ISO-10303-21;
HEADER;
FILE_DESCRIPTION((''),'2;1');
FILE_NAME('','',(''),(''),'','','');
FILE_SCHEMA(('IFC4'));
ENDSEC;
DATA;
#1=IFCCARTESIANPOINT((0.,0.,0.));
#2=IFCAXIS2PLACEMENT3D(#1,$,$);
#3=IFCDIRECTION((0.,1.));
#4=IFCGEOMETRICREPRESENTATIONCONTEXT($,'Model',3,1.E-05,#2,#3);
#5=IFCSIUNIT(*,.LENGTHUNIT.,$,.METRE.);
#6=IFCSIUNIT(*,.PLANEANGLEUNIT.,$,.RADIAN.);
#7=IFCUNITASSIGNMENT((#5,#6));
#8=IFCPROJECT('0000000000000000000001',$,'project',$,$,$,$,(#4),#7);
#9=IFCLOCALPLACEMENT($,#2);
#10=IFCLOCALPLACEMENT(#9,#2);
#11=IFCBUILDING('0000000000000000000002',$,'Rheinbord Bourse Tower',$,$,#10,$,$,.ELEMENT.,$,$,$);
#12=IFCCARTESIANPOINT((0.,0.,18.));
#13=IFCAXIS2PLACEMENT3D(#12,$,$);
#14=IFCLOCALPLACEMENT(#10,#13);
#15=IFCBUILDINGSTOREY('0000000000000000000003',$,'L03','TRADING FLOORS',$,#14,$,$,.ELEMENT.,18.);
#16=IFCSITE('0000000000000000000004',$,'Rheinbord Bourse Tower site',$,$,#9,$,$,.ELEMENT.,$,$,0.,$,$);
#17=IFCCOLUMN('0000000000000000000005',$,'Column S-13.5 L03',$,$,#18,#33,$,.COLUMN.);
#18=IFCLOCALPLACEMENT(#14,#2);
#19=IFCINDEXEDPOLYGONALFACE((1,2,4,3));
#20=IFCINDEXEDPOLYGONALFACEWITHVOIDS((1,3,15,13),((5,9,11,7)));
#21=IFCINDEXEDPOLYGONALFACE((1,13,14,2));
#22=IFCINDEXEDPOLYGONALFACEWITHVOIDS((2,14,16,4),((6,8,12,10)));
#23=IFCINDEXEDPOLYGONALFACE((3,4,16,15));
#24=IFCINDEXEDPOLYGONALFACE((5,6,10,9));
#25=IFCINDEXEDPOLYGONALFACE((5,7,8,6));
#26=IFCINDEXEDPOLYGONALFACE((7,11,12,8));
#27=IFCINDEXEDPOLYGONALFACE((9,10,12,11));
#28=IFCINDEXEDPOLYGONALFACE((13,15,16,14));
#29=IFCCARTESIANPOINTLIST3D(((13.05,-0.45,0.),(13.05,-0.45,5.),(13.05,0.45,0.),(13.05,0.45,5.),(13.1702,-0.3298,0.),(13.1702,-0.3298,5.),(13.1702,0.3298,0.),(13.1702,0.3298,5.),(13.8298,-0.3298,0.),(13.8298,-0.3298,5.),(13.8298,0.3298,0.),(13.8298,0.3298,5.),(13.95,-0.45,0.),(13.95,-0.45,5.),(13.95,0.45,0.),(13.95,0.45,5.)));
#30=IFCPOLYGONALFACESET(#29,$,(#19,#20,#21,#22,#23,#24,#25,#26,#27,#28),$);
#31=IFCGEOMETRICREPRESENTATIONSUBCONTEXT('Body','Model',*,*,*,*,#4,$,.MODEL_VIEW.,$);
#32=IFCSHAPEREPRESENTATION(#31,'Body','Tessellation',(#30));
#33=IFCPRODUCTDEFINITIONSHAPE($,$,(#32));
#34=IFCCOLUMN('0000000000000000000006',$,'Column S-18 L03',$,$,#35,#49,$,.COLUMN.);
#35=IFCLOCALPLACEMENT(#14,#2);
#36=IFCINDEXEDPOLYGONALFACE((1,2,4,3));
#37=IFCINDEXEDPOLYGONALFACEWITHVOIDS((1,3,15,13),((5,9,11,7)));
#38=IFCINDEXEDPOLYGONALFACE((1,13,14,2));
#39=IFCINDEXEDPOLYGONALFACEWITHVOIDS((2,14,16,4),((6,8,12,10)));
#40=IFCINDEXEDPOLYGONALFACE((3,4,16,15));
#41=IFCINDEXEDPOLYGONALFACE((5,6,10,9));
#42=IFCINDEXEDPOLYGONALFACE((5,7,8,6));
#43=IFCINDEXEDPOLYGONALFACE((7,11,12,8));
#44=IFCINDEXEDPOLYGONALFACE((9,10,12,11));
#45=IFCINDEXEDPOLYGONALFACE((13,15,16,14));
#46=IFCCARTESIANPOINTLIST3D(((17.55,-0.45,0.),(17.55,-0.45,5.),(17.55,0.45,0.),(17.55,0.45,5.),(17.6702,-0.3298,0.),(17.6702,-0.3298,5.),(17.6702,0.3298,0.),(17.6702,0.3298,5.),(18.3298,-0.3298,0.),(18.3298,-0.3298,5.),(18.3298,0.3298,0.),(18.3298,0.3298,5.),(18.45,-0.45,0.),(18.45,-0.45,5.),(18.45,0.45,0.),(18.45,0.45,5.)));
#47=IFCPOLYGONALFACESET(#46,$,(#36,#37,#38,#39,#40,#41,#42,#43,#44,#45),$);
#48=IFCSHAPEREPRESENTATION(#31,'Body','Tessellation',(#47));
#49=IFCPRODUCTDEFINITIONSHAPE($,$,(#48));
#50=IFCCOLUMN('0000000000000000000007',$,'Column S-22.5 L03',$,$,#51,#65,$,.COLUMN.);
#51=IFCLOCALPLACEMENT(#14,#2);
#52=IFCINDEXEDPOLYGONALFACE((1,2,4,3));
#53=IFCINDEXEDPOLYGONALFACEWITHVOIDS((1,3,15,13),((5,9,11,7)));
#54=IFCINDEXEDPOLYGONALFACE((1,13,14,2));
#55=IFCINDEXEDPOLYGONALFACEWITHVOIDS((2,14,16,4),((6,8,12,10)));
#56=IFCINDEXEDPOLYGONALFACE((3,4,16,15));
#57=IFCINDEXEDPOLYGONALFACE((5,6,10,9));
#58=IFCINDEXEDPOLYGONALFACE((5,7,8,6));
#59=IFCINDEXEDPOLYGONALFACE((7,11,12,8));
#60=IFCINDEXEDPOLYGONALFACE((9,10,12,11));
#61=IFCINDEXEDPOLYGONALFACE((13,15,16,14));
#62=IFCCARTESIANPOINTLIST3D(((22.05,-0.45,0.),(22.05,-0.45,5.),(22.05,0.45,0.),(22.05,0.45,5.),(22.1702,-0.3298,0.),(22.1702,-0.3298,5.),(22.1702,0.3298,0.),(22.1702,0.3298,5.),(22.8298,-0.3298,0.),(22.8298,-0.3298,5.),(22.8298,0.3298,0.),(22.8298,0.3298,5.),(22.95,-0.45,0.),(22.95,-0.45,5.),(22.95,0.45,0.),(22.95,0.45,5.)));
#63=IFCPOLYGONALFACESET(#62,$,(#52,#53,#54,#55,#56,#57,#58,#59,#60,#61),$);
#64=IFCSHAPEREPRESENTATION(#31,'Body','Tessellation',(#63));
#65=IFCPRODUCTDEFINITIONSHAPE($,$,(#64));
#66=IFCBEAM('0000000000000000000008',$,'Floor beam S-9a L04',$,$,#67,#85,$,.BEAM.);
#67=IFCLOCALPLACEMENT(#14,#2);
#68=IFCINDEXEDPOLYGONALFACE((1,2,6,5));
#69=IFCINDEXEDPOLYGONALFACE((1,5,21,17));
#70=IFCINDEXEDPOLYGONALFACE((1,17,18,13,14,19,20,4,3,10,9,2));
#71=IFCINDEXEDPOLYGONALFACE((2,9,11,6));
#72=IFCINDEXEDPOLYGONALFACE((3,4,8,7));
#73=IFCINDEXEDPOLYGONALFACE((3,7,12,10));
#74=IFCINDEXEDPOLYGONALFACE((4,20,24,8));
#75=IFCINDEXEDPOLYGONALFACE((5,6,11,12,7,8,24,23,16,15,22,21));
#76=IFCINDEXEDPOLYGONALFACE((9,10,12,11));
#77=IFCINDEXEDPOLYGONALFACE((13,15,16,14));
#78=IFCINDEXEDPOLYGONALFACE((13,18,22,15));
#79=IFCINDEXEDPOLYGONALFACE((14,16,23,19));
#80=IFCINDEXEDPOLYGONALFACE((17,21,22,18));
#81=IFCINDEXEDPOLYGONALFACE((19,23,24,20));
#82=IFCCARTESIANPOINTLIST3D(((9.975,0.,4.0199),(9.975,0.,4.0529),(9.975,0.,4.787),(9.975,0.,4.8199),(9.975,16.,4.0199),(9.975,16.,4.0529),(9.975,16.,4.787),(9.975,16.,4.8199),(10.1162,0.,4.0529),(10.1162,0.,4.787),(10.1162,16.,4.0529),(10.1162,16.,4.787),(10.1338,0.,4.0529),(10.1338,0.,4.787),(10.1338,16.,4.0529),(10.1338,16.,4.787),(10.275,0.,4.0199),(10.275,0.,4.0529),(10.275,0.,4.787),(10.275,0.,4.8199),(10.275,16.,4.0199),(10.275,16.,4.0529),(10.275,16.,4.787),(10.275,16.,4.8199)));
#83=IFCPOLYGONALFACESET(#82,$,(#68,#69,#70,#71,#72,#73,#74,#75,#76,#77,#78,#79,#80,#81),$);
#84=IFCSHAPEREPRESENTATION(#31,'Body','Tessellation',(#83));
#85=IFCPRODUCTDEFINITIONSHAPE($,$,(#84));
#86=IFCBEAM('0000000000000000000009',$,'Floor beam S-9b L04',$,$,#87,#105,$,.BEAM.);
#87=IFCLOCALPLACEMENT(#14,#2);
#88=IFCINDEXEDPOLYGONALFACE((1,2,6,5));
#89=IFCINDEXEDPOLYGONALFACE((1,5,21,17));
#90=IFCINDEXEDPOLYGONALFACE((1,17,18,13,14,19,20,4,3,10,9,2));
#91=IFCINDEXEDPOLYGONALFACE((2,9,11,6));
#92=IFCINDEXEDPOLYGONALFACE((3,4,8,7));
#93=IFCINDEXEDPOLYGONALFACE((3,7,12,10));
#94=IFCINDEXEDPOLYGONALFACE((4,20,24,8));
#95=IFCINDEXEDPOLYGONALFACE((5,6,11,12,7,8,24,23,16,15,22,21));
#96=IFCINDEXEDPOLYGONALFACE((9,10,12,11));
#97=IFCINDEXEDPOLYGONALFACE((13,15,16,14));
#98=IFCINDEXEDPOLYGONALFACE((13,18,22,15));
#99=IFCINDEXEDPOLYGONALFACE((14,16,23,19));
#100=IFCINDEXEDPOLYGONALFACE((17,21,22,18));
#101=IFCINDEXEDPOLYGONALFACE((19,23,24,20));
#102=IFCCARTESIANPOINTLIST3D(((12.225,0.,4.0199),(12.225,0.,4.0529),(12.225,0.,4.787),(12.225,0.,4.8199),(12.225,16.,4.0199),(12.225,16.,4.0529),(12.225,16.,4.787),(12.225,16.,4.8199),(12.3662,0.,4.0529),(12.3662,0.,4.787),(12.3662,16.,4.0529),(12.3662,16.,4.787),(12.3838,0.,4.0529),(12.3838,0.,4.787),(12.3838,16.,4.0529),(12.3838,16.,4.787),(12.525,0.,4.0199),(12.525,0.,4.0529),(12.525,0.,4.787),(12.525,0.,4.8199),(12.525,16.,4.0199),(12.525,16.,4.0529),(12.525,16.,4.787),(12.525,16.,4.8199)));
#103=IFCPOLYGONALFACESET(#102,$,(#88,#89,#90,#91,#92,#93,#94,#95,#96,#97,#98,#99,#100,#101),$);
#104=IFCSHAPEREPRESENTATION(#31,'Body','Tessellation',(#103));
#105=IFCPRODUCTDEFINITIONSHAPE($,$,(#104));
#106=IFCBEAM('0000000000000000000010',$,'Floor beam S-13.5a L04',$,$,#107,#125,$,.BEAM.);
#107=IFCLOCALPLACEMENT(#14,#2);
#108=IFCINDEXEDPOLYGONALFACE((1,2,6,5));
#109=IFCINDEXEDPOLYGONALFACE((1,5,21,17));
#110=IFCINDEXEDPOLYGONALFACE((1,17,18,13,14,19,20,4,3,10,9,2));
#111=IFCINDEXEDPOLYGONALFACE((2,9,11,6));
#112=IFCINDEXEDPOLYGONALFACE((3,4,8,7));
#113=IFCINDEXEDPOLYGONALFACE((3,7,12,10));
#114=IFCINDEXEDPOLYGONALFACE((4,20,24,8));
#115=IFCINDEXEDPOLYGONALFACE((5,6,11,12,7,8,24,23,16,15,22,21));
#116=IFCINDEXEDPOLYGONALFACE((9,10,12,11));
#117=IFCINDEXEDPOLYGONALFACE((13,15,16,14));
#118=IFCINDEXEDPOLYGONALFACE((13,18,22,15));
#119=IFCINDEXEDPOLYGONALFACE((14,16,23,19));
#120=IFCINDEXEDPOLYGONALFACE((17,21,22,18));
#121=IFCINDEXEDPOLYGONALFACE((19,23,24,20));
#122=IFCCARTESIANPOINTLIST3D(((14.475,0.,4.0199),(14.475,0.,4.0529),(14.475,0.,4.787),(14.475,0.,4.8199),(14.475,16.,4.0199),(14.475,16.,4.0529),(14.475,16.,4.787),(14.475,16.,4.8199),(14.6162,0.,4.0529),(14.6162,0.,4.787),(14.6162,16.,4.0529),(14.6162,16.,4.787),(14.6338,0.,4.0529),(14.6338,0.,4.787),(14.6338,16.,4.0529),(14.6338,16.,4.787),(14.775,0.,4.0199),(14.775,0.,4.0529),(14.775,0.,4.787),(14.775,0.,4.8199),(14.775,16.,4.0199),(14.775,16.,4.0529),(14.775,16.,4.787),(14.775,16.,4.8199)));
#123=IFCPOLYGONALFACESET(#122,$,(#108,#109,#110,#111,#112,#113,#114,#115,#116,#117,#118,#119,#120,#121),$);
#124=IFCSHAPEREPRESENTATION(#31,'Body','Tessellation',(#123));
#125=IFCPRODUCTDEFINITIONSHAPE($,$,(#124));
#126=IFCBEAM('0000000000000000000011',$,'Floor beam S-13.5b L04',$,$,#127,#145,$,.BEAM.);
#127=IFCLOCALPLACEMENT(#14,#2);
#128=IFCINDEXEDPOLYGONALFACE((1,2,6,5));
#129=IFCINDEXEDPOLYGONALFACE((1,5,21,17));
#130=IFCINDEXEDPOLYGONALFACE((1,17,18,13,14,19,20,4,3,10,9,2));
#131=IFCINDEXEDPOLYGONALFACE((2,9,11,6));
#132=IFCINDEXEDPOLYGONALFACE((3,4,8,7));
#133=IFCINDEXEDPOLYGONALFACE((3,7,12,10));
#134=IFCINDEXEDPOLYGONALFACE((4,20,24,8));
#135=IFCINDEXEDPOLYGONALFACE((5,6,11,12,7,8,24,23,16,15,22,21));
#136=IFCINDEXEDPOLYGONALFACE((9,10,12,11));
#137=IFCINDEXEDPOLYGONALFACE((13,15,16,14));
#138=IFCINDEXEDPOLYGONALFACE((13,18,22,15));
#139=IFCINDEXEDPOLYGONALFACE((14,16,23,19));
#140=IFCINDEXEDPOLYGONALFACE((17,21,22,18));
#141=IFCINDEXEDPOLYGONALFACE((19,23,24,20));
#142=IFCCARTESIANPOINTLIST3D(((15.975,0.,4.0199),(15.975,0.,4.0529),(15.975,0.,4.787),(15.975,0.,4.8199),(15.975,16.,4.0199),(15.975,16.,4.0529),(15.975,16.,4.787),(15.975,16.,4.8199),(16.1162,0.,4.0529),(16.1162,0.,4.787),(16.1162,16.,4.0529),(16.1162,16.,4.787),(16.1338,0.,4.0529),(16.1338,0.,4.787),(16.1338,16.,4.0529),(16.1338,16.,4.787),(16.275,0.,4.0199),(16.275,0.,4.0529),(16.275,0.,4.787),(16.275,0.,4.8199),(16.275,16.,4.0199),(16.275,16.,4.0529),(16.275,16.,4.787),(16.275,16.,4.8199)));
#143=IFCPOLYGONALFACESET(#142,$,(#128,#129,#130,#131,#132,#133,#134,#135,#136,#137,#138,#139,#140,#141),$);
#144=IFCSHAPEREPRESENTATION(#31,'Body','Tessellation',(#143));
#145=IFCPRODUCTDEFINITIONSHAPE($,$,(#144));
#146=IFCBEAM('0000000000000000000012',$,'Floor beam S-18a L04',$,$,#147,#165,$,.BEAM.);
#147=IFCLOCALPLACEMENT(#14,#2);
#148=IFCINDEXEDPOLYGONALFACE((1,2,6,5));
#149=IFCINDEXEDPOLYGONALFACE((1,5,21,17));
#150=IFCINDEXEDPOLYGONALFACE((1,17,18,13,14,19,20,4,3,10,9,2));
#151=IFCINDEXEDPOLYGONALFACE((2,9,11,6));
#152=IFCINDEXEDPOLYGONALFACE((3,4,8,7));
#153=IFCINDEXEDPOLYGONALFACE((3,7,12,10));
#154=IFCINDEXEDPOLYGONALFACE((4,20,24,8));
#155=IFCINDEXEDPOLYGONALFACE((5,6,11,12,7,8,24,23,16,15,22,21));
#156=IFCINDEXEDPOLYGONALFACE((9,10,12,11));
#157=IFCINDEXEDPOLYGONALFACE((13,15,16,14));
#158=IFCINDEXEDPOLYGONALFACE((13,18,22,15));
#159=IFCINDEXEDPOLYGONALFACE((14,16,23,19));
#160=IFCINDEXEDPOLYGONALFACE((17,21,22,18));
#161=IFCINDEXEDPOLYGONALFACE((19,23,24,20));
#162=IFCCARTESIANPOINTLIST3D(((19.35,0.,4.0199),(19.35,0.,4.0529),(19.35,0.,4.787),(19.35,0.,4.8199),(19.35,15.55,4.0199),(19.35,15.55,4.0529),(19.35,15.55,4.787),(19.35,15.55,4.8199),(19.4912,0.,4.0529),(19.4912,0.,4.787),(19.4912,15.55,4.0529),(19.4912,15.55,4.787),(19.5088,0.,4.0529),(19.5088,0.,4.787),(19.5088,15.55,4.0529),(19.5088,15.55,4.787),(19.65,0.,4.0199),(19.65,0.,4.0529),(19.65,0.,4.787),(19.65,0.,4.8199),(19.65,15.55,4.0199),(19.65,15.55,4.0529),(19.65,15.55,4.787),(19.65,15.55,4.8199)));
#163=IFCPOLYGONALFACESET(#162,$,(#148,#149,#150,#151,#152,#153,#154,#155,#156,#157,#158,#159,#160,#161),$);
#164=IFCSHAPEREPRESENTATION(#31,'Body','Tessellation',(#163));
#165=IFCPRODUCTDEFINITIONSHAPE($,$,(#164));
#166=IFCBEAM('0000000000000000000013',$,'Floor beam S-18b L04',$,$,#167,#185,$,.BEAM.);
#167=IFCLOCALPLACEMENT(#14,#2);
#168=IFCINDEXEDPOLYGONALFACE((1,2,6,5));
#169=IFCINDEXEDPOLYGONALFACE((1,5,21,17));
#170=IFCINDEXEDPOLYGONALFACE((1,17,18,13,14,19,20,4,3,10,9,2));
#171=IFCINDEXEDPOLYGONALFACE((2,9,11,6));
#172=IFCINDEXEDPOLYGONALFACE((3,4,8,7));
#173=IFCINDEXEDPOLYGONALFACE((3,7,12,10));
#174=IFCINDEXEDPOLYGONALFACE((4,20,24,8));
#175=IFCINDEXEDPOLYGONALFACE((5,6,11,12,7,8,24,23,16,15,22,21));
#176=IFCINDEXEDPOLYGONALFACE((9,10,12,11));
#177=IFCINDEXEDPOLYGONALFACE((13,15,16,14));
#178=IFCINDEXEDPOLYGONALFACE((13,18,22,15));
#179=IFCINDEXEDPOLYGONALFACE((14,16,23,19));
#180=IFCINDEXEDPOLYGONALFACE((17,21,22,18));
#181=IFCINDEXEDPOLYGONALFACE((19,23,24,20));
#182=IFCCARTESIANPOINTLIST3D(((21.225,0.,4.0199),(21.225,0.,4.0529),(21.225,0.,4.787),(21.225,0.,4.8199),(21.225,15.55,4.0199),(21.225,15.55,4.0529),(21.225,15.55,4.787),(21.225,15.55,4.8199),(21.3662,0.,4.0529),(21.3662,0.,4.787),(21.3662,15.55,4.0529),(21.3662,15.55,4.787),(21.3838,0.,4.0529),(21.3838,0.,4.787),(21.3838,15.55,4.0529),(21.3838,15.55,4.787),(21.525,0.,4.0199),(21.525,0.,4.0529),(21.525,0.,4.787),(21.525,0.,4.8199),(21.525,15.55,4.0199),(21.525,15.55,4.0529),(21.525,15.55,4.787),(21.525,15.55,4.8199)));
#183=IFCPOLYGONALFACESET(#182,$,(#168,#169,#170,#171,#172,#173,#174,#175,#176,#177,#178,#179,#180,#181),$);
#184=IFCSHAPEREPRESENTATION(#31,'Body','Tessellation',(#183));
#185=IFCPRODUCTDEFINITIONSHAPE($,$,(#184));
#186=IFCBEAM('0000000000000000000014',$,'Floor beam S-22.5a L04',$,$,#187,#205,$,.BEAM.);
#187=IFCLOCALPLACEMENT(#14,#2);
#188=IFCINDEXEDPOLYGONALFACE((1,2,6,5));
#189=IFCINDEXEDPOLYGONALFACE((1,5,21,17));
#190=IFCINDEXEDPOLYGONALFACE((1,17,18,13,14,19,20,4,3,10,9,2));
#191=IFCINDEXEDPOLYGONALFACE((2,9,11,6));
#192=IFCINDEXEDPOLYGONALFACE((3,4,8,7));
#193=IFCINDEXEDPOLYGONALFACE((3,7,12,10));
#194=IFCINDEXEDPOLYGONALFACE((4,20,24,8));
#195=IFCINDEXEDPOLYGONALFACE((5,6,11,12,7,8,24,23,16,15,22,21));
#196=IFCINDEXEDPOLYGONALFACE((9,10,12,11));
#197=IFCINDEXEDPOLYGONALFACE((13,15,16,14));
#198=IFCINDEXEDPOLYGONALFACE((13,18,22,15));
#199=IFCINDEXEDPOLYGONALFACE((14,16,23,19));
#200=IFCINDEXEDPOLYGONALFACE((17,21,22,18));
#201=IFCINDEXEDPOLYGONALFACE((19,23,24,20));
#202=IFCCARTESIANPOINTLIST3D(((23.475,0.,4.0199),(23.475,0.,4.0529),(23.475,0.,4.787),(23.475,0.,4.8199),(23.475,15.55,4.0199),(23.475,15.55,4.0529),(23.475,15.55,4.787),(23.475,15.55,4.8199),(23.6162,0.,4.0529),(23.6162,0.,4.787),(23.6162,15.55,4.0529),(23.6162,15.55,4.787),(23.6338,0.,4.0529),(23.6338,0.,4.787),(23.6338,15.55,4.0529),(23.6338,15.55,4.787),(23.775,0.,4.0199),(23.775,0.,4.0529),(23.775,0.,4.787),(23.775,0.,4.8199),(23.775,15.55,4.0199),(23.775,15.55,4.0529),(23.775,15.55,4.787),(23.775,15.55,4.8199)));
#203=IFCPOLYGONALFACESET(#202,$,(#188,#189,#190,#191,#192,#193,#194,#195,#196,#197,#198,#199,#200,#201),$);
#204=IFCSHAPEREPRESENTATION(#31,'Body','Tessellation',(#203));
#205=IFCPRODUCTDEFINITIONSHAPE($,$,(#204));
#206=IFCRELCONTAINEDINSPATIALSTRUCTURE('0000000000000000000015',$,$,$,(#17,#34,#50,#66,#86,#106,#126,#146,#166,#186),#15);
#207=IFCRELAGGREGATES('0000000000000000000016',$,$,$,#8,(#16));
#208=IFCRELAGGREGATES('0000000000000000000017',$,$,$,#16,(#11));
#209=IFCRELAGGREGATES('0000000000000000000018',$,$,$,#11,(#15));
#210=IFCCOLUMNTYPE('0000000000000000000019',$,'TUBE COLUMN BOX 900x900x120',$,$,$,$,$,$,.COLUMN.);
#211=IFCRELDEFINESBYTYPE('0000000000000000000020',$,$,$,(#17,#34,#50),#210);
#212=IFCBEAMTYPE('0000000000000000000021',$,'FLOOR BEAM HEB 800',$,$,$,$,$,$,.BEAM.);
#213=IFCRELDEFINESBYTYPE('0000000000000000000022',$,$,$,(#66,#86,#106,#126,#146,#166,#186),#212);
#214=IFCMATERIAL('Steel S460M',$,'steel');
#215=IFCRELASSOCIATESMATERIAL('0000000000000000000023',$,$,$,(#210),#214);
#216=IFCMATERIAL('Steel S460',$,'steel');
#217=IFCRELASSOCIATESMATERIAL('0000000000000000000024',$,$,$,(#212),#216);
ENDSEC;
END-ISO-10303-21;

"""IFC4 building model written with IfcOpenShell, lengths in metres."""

from ifc_helpers import new_model, si_unit, direction, frame, origin, origin_2d, place, context, subcontext, project, spatial, hollow_rectangle, i_section, extrude, material, material_profile, profile_set, type_object, element, save


model = new_model("IFC4")

# Units and contexts
model_context = context("Model", 3, precision=1e-05, world=origin(), true_north=direction((0.0, 1.0)))
body_context = subcontext(model_context, "Body", "Model", "MODEL_VIEW")
ifc_project = project(units=[si_unit("LENGTHUNIT", "METRE"), si_unit("PLANEANGLEUNIT", "RADIAN")], contexts=[model_context])

# Site, building, storey
site_placement = place(None, origin())
site = spatial("IfcSite", under=ifc_project, at=site_placement, Name="Rheinbord Bourse Tower site", CompositionType="ELEMENT", RefElevation=0.0)
building_placement = place(site_placement, origin())
building = spatial("IfcBuilding", under=site, at=building_placement, Name="Rheinbord Bourse Tower", CompositionType="ELEMENT")
storey_placement = place(building_placement, frame((0.0, 0.0, 18.0)))
storey = spatial("IfcBuildingStorey", under=building, at=storey_placement, Name="L03", Description="TRADING FLOORS", CompositionType="ELEMENT", Elevation=18.0)

# Columns
ifc_material_1 = material(Name="Steel S460M", Category="steel")
ifc_material_profile_1 = material_profile(ifc_material_1, hollow_rectangle(XDim=0.8999, YDim=0.8999, WallThickness=0.1201, at=origin_2d()), Name="BOX 900x900x120")
ifc_profile_set_1 = profile_set([ifc_material_profile_1], Name="Steel S460M")
column_type = type_object("IfcColumnType", Name="TUBE COLUMN BOX 900x900x120", PredefinedType="COLUMN", material=ifc_profile_set_1)
for number, where, z_axis, x_axis, name in (
    (1, (13.5, 0.0, 0.0), (0.0, 0.0, 1.0), (0.0, 1.0, 0.0), "Column S-13.5 L03"),
    (2, (18.0, 0.0, 0.0), (0.0, 0.0, 1.0), (0.0, 1.0, 0.0), "Column S-18 L03"),
    (3, (22.5, 0.0, 0.0), (0.0, 0.0, 1.0), (0.0, 1.0, 0.0), "Column S-22.5 L03"),
):
    element("IfcColumn", number, at=place(storey_placement, frame(where, z_axis=z_axis, x_axis=x_axis)), inside=storey, type_object=column_type, Name=name, PredefinedType="COLUMN", context=body_context, shape_type="SweptSolid", body=[
        extrude(hollow_rectangle(XDim=0.8999, YDim=0.8999, WallThickness=0.1201, at=origin_2d()), origin(), (0.0, 0.0, 1.0), 5.0),
    ])

# Beams
ifc_material_2 = material(Name="Steel S460", Category="steel")
ifc_material_profile_2 = material_profile(ifc_material_2, i_section(OverallWidth=0.3, OverallDepth=0.8, WebThickness=0.0176, FlangeThickness=0.033, at=origin_2d()), Name="HEB 800")
ifc_profile_set_2 = profile_set([ifc_material_profile_2], Name="Steel S460")
beam_type_1 = type_object("IfcBeamType", Name="FLOOR BEAM HEB 800", PredefinedType="BEAM", material=ifc_profile_set_2)
for number, where, z_axis, x_axis, name in (
    (4, (10.125, 0.0, 4.4199), (0.0, 1.0, 0.0), (-1.0, 0.0, 0.0), "Floor beam S-9a L04"),
    (5, (12.375, 0.0, 4.4199), (0.0, 1.0, 0.0), (-1.0, 0.0, 0.0), "Floor beam S-9b L04"),
    (6, (14.625, 0.0, 4.4199), (0.0, 1.0, 0.0), (-1.0, 0.0, 0.0), "Floor beam S-13.5a L04"),
    (7, (16.125, 0.0, 4.4199), (0.0, 1.0, 0.0), (-1.0, 0.0, 0.0), "Floor beam S-13.5b L04"),
):
    element("IfcBeam", number, at=place(storey_placement, frame(where, z_axis=z_axis, x_axis=x_axis)), inside=storey, type_object=beam_type_1, Name=name, PredefinedType="BEAM", context=body_context, shape_type="SweptSolid", body=[
        extrude(i_section(OverallWidth=0.3, OverallDepth=0.8, WebThickness=0.0176, FlangeThickness=0.033, at=origin_2d()), origin(), (0.0, 0.0, 1.0), 16.0),
    ])
for number, where, z_axis, x_axis, name in (
    (8, (19.5, 0.0, 4.4199), (0.0, 1.0, 0.0), (-1.0, 0.0, 0.0), "Floor beam S-18a L04"),
    (9, (21.375, 0.0, 4.4199), (0.0, 1.0, 0.0), (-1.0, 0.0, 0.0), "Floor beam S-18b L04"),
    (10, (23.625, 0.0, 4.4199), (0.0, 1.0, 0.0), (-1.0, 0.0, 0.0), "Floor beam S-22.5a L04"),
):
    element("IfcBeam", number, at=place(storey_placement, frame(where, z_axis=z_axis, x_axis=x_axis)), inside=storey, type_object=beam_type_1, Name=name, PredefinedType="BEAM", context=body_context, shape_type="SweptSolid", body=[
        extrude(i_section(OverallWidth=0.3, OverallDepth=0.8, WebThickness=0.0176, FlangeThickness=0.033, at=origin_2d()), origin(), (0.0, 0.0, 1.0), 15.55),
    ])

save(model, "model.ifc")
